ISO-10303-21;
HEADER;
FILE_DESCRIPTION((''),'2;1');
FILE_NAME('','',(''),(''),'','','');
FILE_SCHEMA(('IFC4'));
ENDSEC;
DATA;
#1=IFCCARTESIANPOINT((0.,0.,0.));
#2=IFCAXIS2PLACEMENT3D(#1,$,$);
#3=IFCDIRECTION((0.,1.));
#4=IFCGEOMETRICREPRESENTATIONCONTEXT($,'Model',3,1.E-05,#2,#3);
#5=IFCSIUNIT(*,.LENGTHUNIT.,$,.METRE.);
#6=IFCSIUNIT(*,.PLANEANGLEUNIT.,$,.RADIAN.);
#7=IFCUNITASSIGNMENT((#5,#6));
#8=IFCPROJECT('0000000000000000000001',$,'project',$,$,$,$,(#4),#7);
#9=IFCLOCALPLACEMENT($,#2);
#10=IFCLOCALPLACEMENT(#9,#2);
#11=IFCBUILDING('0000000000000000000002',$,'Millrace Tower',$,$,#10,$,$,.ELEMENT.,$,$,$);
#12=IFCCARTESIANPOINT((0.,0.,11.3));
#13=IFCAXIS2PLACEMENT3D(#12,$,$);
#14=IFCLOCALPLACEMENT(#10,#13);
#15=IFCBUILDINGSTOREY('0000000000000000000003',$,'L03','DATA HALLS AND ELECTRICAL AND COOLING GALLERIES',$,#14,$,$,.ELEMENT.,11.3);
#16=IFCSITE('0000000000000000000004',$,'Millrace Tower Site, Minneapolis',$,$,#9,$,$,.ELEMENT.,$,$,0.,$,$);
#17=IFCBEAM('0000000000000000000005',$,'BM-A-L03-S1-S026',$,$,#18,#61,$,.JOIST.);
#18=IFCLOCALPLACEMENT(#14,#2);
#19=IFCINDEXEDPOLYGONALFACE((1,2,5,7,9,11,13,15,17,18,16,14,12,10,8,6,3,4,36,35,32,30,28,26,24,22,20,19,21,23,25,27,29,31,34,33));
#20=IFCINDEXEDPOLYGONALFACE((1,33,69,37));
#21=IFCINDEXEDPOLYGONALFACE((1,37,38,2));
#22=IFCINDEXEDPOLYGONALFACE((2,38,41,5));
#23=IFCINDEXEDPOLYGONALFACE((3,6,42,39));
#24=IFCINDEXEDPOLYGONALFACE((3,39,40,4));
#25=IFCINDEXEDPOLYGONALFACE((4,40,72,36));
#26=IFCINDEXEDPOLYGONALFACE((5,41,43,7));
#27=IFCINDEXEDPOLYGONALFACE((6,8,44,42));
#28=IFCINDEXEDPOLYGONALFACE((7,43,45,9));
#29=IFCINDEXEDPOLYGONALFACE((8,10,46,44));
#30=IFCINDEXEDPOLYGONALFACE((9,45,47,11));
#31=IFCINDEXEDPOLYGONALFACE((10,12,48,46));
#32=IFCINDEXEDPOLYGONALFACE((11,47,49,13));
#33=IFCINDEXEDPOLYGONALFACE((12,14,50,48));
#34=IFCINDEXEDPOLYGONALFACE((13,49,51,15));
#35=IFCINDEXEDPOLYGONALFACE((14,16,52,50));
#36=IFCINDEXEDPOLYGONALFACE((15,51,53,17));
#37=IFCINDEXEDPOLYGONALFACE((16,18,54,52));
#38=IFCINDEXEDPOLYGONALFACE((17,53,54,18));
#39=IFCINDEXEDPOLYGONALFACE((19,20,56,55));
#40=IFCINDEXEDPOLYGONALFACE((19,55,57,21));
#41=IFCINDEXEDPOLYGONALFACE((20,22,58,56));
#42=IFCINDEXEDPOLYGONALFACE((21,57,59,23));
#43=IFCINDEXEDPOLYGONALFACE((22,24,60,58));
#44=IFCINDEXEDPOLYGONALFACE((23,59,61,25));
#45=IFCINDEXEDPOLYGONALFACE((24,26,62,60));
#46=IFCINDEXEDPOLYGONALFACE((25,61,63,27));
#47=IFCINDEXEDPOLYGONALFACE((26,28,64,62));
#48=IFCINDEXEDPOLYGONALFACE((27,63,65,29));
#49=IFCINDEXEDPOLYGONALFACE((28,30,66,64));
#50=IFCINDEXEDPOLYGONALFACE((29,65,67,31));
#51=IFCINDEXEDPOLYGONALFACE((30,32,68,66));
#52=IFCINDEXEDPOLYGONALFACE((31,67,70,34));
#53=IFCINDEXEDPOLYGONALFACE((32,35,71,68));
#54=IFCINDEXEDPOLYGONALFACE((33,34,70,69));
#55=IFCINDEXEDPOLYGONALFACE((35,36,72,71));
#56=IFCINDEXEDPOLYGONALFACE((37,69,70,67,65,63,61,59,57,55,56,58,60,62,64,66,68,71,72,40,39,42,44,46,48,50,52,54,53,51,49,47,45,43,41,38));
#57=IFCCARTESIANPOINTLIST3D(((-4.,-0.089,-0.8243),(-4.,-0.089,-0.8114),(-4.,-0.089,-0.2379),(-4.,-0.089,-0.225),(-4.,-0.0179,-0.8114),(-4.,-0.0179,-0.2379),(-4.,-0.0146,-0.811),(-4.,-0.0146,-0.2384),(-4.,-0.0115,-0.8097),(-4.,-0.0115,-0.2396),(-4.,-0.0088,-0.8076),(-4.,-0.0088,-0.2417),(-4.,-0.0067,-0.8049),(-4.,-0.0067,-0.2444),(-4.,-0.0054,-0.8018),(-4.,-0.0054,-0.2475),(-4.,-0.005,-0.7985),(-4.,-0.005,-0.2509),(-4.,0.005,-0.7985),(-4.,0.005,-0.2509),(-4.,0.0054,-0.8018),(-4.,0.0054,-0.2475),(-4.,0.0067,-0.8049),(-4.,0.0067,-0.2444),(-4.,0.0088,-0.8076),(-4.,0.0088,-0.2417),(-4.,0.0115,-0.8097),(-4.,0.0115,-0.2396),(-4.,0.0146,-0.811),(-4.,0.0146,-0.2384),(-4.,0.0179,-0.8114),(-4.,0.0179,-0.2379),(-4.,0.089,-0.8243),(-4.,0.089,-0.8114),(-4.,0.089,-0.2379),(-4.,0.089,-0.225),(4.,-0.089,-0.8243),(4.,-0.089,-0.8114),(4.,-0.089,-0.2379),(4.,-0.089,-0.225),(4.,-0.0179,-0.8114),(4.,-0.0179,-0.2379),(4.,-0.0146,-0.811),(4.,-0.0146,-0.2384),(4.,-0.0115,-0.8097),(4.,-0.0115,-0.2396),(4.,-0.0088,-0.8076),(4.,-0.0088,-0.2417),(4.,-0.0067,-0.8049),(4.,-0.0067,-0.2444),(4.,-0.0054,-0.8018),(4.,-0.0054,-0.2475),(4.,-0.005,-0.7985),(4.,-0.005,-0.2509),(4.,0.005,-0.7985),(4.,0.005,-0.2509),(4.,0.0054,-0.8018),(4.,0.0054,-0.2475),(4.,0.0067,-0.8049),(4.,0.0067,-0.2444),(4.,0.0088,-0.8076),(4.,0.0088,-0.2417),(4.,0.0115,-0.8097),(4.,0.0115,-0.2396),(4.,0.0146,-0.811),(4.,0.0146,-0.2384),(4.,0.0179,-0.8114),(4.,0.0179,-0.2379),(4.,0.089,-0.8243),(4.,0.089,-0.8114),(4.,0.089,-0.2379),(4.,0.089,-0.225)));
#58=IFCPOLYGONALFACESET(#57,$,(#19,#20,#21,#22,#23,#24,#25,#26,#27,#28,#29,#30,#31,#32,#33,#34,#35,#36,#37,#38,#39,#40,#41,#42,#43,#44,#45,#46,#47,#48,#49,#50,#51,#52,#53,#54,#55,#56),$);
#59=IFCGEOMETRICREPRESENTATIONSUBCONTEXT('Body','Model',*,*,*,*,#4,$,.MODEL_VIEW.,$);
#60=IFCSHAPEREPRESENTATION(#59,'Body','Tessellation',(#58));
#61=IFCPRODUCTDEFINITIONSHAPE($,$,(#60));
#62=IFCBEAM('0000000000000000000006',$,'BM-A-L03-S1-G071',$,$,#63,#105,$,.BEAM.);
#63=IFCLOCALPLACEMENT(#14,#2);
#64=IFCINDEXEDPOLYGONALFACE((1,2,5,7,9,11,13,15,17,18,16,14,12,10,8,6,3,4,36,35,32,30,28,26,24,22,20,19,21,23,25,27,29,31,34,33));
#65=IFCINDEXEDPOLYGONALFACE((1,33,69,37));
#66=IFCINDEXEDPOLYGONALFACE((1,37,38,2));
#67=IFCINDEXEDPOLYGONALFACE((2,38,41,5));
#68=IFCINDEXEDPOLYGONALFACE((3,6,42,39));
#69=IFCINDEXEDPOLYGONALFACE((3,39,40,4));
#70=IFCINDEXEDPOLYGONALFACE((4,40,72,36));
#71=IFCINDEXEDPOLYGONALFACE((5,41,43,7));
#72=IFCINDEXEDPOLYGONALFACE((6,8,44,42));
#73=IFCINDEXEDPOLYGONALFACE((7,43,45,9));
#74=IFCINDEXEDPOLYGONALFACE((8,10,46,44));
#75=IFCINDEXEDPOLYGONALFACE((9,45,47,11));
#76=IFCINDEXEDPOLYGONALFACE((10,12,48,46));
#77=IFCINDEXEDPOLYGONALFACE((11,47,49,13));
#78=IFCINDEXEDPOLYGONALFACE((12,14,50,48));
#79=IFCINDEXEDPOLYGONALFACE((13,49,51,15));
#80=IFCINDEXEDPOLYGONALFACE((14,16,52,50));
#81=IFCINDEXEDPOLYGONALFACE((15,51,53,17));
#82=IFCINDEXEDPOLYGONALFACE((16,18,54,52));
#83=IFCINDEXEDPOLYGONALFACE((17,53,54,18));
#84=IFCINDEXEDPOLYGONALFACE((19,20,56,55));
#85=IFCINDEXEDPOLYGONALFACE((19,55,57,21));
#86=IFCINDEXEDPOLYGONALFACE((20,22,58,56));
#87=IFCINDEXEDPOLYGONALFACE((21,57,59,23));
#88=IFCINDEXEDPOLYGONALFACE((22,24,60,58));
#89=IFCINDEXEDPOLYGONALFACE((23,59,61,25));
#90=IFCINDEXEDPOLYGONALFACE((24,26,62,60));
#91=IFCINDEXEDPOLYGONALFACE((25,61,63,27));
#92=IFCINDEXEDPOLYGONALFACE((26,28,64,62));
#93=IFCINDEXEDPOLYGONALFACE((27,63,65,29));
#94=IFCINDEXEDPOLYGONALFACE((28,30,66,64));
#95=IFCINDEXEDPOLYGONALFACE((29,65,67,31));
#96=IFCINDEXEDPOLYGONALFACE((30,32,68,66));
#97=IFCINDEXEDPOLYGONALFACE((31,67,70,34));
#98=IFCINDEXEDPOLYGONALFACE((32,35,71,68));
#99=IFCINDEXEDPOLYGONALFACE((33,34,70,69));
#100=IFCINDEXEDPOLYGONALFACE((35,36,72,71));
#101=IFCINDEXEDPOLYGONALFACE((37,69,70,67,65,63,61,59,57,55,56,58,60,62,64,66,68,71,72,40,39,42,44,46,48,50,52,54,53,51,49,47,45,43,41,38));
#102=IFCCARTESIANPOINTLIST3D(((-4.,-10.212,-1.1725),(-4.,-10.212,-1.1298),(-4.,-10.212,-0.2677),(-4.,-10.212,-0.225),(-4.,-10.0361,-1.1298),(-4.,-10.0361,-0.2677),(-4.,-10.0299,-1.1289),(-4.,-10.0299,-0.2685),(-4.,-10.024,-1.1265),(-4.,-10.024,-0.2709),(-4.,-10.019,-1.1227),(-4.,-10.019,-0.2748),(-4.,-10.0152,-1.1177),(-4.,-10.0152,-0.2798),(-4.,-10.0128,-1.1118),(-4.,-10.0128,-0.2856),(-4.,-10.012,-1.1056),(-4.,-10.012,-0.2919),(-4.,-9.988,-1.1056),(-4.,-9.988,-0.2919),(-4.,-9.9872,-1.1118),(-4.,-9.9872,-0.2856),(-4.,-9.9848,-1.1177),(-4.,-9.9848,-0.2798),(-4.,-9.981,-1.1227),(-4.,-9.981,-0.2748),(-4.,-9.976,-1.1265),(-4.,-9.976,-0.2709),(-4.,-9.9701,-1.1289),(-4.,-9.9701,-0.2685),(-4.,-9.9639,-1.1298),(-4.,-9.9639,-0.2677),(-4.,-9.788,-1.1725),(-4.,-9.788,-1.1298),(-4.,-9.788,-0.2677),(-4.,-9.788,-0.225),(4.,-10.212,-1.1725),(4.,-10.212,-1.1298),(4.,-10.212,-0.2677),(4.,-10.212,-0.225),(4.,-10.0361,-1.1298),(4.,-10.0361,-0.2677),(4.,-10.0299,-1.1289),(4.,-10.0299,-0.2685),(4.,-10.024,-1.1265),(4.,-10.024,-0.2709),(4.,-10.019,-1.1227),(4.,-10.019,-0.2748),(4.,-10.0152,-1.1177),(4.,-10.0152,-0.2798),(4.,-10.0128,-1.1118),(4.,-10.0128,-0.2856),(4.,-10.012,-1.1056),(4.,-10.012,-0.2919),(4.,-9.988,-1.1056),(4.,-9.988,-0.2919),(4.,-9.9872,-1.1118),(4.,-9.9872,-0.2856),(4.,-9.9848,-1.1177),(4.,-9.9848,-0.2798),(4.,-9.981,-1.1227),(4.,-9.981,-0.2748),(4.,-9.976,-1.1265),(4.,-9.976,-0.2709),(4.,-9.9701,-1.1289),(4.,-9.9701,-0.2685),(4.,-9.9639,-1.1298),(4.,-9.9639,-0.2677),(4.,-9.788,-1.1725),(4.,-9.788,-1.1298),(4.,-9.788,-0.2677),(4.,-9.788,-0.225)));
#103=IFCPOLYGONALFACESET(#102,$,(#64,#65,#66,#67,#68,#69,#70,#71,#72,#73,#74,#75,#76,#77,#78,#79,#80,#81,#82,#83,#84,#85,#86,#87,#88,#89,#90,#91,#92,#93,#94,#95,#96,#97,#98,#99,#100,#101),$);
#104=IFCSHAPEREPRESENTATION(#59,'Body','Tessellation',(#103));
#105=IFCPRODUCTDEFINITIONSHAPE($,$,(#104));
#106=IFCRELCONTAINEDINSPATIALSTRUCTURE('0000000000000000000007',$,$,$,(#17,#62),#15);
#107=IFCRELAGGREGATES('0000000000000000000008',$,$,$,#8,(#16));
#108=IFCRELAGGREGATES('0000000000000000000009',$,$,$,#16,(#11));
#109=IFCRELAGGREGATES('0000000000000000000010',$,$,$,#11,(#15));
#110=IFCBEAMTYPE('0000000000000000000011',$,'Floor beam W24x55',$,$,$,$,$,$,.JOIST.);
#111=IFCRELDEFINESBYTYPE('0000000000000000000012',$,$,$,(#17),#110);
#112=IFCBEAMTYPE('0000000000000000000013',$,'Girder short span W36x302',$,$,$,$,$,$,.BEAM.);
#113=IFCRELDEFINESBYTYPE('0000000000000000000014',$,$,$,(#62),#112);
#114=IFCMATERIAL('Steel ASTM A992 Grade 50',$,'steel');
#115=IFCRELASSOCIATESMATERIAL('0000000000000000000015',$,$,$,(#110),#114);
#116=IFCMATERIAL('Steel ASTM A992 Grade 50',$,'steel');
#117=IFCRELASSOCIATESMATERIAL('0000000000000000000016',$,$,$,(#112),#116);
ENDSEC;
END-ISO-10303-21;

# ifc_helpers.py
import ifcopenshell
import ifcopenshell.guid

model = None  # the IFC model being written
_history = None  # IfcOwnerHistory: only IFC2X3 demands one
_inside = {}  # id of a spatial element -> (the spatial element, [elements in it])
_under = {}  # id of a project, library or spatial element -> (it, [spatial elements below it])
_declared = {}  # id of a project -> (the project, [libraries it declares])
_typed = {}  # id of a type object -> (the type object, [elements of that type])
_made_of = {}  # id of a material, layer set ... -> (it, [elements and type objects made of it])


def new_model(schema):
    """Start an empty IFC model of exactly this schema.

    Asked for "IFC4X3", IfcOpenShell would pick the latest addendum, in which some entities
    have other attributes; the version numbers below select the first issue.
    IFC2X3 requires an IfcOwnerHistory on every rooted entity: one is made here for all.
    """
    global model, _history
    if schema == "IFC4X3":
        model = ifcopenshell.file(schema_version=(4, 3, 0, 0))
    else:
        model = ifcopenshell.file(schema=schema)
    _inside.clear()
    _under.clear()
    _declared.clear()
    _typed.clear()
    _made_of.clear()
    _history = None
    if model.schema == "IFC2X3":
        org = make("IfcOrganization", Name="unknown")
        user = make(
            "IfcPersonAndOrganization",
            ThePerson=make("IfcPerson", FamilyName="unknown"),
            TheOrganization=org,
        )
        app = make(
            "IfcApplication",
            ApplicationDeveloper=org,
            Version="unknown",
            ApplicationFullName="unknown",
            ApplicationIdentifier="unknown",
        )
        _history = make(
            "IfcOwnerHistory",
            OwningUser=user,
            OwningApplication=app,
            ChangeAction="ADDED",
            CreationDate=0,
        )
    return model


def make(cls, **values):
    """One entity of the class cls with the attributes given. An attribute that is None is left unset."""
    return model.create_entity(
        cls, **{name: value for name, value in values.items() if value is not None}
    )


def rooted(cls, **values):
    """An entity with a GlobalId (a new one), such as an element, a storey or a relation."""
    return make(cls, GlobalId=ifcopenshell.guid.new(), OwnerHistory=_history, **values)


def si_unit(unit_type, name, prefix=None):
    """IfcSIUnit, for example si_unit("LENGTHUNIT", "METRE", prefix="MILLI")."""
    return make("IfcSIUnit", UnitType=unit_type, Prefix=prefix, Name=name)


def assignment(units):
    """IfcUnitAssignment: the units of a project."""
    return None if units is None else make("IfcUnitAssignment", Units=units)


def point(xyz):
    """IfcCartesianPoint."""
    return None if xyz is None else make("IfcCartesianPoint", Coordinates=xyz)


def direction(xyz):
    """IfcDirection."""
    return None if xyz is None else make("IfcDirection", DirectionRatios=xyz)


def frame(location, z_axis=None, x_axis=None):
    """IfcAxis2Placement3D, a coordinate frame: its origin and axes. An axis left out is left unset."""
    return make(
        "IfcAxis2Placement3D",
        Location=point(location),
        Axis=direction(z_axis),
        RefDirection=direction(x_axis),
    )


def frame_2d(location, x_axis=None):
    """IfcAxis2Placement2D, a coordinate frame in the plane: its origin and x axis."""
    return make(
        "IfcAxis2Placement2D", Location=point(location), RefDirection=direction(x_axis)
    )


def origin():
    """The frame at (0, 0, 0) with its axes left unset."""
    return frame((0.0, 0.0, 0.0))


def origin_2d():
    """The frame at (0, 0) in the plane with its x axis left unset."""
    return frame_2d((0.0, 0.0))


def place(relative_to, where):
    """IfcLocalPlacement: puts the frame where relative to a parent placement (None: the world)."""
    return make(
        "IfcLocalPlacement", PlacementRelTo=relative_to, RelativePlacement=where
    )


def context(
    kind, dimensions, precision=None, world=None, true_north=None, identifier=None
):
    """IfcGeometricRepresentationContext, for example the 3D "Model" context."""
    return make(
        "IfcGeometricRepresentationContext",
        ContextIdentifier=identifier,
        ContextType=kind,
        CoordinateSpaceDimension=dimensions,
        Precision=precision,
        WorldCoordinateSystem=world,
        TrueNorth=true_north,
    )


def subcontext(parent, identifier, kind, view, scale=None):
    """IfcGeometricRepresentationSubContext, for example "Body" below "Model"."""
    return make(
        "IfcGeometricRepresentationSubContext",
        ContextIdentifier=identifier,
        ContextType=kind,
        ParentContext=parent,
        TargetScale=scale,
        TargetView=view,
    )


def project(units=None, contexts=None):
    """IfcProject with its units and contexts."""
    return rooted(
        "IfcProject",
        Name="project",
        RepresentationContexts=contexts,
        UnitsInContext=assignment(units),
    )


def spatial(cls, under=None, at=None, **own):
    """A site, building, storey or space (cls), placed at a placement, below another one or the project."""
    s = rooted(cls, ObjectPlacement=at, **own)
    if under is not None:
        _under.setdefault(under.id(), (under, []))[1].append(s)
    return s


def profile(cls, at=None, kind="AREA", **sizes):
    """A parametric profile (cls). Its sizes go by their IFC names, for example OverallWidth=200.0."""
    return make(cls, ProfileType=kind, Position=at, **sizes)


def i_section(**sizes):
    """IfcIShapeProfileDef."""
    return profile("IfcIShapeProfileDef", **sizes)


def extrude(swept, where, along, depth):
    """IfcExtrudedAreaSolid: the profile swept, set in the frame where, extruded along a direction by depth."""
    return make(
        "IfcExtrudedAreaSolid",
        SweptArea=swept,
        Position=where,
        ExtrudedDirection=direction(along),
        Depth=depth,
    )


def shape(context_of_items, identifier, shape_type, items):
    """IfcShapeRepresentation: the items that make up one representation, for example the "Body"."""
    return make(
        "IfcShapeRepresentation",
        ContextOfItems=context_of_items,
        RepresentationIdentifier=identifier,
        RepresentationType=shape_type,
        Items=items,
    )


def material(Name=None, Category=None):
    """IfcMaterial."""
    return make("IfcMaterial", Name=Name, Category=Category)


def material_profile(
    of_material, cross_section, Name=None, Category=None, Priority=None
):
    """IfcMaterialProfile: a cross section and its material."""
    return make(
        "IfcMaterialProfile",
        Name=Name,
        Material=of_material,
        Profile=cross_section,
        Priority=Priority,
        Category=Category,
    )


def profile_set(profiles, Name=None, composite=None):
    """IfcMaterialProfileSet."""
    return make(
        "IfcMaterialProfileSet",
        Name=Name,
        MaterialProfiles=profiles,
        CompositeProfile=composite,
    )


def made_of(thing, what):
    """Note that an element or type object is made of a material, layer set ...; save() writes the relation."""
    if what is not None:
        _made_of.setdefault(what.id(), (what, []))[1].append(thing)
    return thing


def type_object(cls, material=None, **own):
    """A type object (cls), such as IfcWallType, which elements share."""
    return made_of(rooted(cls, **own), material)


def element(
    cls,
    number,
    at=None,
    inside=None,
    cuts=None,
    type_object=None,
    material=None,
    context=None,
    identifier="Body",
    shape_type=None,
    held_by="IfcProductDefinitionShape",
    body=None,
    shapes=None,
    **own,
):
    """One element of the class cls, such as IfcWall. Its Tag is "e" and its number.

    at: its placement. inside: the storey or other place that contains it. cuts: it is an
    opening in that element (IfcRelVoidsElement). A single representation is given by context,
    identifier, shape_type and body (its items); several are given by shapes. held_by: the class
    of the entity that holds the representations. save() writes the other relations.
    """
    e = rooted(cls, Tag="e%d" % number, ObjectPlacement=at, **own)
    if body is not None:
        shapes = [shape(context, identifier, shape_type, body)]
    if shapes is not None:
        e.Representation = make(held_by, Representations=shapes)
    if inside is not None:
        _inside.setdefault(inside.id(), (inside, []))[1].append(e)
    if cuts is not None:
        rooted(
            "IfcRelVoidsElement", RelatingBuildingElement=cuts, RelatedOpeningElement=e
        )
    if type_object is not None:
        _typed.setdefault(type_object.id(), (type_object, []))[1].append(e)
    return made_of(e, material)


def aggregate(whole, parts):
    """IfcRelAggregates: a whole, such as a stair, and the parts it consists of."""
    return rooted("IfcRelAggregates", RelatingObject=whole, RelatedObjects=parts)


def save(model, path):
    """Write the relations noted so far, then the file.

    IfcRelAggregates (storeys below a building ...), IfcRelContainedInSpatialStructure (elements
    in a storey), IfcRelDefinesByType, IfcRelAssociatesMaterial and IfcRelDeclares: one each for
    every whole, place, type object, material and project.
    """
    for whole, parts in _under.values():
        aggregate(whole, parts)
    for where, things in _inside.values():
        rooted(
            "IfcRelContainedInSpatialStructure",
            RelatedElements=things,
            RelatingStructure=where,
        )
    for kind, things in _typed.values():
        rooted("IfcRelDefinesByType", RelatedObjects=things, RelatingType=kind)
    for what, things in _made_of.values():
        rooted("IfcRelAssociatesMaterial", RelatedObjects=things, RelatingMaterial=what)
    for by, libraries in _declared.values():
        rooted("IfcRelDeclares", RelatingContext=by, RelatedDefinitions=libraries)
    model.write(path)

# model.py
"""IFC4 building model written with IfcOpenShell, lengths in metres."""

from ifc_helpers import new_model, si_unit, direction, frame, origin, origin_2d, place, context, subcontext, project, spatial, i_section, extrude, material, material_profile, profile_set, type_object, element, save


model = new_model("IFC4")

# Units and contexts
model_context = context("Model", 3, precision=1e-05, world=origin(), true_north=direction((0.0, 1.0)))
body_context = subcontext(model_context, "Body", "Model", "MODEL_VIEW")
ifc_project = project(units=[si_unit("LENGTHUNIT", "METRE"), si_unit("PLANEANGLEUNIT", "RADIAN")], contexts=[model_context])

# Site, building, storey
site_placement = place(None, origin())
site = spatial("IfcSite", under=ifc_project, at=site_placement, Name="Millrace Tower Site, Minneapolis", CompositionType="ELEMENT", RefElevation=0.0)
building_placement = place(site_placement, origin())
building = spatial("IfcBuilding", under=site, at=building_placement, Name="Millrace Tower", CompositionType="ELEMENT")
storey_placement = place(building_placement, frame((0.0, 0.0, 11.3)))
storey = spatial("IfcBuildingStorey", under=building, at=storey_placement, Name="L03", Description="DATA HALLS AND ELECTRICAL AND COOLING GALLERIES", CompositionType="ELEMENT", Elevation=11.3)

# Beams
ifc_material_1 = material(Name="Steel ASTM A992 Grade 50", Category="steel")
ifc_material_profile_1 = material_profile(ifc_material_1, i_section(OverallWidth=0.178, OverallDepth=0.5994, WebThickness=0.01, FlangeThickness=0.0129, FilletRadius=0.0129, at=origin_2d()))
ifc_profile_set_1 = profile_set([ifc_material_profile_1], Name="Steel ASTM A992 Grade 50")
beam_type_1 = type_object("IfcBeamType", Name="Floor beam W24x55", PredefinedType="JOIST", material=ifc_profile_set_1)
for number, where, z_axis, x_axis, name in (
    (1, (-4.0, 0.0, -0.5247), (1.0, 0.0, 0.0), (0.0, 1.0, 0.0), "BM-A-L03-S1-S026"),
):
    element("IfcBeam", number, at=place(storey_placement, frame(where, z_axis=z_axis, x_axis=x_axis)), inside=storey, type_object=beam_type_1, Name=name, PredefinedType="JOIST", context=body_context, shape_type="SweptSolid", body=[
        extrude(i_section(OverallWidth=0.178, OverallDepth=0.5994, WebThickness=0.01, FlangeThickness=0.0129, FilletRadius=0.0129, at=origin_2d()), origin(), (0.0, 0.0, 1.0), 8.0),
    ])
ifc_material_2 = material(Name="Steel ASTM A992 Grade 50", Category="steel")
ifc_material_profile_2 = material_profile(ifc_material_2, i_section(OverallWidth=0.4241, OverallDepth=0.9475, WebThickness=0.0239, FlangeThickness=0.0427, FilletRadius=0.0242, at=origin_2d()))
ifc_profile_set_2 = profile_set([ifc_material_profile_2], Name="Steel ASTM A992 Grade 50")
beam_type_2 = type_object("IfcBeamType", Name="Girder short span W36x302", PredefinedType="BEAM", material=ifc_profile_set_2)
beam_1_placement = place(storey_placement, frame((-4.0, -10.0, -0.6987), z_axis=(1.0, 0.0, 0.0), x_axis=(0.0, 1.0, 0.0)))
element("IfcBeam", 2, at=beam_1_placement, inside=storey, type_object=beam_type_2, Name="BM-A-L03-S1-G071", PredefinedType="BEAM", context=body_context, shape_type="SweptSolid", body=[
    extrude(i_section(OverallWidth=0.4241, OverallDepth=0.9475, WebThickness=0.0239, FlangeThickness=0.0427, FilletRadius=0.0242, at=origin_2d()), origin(), (0.0, 0.0, 1.0), 8.0),
])

save(model, "model.ifc")
